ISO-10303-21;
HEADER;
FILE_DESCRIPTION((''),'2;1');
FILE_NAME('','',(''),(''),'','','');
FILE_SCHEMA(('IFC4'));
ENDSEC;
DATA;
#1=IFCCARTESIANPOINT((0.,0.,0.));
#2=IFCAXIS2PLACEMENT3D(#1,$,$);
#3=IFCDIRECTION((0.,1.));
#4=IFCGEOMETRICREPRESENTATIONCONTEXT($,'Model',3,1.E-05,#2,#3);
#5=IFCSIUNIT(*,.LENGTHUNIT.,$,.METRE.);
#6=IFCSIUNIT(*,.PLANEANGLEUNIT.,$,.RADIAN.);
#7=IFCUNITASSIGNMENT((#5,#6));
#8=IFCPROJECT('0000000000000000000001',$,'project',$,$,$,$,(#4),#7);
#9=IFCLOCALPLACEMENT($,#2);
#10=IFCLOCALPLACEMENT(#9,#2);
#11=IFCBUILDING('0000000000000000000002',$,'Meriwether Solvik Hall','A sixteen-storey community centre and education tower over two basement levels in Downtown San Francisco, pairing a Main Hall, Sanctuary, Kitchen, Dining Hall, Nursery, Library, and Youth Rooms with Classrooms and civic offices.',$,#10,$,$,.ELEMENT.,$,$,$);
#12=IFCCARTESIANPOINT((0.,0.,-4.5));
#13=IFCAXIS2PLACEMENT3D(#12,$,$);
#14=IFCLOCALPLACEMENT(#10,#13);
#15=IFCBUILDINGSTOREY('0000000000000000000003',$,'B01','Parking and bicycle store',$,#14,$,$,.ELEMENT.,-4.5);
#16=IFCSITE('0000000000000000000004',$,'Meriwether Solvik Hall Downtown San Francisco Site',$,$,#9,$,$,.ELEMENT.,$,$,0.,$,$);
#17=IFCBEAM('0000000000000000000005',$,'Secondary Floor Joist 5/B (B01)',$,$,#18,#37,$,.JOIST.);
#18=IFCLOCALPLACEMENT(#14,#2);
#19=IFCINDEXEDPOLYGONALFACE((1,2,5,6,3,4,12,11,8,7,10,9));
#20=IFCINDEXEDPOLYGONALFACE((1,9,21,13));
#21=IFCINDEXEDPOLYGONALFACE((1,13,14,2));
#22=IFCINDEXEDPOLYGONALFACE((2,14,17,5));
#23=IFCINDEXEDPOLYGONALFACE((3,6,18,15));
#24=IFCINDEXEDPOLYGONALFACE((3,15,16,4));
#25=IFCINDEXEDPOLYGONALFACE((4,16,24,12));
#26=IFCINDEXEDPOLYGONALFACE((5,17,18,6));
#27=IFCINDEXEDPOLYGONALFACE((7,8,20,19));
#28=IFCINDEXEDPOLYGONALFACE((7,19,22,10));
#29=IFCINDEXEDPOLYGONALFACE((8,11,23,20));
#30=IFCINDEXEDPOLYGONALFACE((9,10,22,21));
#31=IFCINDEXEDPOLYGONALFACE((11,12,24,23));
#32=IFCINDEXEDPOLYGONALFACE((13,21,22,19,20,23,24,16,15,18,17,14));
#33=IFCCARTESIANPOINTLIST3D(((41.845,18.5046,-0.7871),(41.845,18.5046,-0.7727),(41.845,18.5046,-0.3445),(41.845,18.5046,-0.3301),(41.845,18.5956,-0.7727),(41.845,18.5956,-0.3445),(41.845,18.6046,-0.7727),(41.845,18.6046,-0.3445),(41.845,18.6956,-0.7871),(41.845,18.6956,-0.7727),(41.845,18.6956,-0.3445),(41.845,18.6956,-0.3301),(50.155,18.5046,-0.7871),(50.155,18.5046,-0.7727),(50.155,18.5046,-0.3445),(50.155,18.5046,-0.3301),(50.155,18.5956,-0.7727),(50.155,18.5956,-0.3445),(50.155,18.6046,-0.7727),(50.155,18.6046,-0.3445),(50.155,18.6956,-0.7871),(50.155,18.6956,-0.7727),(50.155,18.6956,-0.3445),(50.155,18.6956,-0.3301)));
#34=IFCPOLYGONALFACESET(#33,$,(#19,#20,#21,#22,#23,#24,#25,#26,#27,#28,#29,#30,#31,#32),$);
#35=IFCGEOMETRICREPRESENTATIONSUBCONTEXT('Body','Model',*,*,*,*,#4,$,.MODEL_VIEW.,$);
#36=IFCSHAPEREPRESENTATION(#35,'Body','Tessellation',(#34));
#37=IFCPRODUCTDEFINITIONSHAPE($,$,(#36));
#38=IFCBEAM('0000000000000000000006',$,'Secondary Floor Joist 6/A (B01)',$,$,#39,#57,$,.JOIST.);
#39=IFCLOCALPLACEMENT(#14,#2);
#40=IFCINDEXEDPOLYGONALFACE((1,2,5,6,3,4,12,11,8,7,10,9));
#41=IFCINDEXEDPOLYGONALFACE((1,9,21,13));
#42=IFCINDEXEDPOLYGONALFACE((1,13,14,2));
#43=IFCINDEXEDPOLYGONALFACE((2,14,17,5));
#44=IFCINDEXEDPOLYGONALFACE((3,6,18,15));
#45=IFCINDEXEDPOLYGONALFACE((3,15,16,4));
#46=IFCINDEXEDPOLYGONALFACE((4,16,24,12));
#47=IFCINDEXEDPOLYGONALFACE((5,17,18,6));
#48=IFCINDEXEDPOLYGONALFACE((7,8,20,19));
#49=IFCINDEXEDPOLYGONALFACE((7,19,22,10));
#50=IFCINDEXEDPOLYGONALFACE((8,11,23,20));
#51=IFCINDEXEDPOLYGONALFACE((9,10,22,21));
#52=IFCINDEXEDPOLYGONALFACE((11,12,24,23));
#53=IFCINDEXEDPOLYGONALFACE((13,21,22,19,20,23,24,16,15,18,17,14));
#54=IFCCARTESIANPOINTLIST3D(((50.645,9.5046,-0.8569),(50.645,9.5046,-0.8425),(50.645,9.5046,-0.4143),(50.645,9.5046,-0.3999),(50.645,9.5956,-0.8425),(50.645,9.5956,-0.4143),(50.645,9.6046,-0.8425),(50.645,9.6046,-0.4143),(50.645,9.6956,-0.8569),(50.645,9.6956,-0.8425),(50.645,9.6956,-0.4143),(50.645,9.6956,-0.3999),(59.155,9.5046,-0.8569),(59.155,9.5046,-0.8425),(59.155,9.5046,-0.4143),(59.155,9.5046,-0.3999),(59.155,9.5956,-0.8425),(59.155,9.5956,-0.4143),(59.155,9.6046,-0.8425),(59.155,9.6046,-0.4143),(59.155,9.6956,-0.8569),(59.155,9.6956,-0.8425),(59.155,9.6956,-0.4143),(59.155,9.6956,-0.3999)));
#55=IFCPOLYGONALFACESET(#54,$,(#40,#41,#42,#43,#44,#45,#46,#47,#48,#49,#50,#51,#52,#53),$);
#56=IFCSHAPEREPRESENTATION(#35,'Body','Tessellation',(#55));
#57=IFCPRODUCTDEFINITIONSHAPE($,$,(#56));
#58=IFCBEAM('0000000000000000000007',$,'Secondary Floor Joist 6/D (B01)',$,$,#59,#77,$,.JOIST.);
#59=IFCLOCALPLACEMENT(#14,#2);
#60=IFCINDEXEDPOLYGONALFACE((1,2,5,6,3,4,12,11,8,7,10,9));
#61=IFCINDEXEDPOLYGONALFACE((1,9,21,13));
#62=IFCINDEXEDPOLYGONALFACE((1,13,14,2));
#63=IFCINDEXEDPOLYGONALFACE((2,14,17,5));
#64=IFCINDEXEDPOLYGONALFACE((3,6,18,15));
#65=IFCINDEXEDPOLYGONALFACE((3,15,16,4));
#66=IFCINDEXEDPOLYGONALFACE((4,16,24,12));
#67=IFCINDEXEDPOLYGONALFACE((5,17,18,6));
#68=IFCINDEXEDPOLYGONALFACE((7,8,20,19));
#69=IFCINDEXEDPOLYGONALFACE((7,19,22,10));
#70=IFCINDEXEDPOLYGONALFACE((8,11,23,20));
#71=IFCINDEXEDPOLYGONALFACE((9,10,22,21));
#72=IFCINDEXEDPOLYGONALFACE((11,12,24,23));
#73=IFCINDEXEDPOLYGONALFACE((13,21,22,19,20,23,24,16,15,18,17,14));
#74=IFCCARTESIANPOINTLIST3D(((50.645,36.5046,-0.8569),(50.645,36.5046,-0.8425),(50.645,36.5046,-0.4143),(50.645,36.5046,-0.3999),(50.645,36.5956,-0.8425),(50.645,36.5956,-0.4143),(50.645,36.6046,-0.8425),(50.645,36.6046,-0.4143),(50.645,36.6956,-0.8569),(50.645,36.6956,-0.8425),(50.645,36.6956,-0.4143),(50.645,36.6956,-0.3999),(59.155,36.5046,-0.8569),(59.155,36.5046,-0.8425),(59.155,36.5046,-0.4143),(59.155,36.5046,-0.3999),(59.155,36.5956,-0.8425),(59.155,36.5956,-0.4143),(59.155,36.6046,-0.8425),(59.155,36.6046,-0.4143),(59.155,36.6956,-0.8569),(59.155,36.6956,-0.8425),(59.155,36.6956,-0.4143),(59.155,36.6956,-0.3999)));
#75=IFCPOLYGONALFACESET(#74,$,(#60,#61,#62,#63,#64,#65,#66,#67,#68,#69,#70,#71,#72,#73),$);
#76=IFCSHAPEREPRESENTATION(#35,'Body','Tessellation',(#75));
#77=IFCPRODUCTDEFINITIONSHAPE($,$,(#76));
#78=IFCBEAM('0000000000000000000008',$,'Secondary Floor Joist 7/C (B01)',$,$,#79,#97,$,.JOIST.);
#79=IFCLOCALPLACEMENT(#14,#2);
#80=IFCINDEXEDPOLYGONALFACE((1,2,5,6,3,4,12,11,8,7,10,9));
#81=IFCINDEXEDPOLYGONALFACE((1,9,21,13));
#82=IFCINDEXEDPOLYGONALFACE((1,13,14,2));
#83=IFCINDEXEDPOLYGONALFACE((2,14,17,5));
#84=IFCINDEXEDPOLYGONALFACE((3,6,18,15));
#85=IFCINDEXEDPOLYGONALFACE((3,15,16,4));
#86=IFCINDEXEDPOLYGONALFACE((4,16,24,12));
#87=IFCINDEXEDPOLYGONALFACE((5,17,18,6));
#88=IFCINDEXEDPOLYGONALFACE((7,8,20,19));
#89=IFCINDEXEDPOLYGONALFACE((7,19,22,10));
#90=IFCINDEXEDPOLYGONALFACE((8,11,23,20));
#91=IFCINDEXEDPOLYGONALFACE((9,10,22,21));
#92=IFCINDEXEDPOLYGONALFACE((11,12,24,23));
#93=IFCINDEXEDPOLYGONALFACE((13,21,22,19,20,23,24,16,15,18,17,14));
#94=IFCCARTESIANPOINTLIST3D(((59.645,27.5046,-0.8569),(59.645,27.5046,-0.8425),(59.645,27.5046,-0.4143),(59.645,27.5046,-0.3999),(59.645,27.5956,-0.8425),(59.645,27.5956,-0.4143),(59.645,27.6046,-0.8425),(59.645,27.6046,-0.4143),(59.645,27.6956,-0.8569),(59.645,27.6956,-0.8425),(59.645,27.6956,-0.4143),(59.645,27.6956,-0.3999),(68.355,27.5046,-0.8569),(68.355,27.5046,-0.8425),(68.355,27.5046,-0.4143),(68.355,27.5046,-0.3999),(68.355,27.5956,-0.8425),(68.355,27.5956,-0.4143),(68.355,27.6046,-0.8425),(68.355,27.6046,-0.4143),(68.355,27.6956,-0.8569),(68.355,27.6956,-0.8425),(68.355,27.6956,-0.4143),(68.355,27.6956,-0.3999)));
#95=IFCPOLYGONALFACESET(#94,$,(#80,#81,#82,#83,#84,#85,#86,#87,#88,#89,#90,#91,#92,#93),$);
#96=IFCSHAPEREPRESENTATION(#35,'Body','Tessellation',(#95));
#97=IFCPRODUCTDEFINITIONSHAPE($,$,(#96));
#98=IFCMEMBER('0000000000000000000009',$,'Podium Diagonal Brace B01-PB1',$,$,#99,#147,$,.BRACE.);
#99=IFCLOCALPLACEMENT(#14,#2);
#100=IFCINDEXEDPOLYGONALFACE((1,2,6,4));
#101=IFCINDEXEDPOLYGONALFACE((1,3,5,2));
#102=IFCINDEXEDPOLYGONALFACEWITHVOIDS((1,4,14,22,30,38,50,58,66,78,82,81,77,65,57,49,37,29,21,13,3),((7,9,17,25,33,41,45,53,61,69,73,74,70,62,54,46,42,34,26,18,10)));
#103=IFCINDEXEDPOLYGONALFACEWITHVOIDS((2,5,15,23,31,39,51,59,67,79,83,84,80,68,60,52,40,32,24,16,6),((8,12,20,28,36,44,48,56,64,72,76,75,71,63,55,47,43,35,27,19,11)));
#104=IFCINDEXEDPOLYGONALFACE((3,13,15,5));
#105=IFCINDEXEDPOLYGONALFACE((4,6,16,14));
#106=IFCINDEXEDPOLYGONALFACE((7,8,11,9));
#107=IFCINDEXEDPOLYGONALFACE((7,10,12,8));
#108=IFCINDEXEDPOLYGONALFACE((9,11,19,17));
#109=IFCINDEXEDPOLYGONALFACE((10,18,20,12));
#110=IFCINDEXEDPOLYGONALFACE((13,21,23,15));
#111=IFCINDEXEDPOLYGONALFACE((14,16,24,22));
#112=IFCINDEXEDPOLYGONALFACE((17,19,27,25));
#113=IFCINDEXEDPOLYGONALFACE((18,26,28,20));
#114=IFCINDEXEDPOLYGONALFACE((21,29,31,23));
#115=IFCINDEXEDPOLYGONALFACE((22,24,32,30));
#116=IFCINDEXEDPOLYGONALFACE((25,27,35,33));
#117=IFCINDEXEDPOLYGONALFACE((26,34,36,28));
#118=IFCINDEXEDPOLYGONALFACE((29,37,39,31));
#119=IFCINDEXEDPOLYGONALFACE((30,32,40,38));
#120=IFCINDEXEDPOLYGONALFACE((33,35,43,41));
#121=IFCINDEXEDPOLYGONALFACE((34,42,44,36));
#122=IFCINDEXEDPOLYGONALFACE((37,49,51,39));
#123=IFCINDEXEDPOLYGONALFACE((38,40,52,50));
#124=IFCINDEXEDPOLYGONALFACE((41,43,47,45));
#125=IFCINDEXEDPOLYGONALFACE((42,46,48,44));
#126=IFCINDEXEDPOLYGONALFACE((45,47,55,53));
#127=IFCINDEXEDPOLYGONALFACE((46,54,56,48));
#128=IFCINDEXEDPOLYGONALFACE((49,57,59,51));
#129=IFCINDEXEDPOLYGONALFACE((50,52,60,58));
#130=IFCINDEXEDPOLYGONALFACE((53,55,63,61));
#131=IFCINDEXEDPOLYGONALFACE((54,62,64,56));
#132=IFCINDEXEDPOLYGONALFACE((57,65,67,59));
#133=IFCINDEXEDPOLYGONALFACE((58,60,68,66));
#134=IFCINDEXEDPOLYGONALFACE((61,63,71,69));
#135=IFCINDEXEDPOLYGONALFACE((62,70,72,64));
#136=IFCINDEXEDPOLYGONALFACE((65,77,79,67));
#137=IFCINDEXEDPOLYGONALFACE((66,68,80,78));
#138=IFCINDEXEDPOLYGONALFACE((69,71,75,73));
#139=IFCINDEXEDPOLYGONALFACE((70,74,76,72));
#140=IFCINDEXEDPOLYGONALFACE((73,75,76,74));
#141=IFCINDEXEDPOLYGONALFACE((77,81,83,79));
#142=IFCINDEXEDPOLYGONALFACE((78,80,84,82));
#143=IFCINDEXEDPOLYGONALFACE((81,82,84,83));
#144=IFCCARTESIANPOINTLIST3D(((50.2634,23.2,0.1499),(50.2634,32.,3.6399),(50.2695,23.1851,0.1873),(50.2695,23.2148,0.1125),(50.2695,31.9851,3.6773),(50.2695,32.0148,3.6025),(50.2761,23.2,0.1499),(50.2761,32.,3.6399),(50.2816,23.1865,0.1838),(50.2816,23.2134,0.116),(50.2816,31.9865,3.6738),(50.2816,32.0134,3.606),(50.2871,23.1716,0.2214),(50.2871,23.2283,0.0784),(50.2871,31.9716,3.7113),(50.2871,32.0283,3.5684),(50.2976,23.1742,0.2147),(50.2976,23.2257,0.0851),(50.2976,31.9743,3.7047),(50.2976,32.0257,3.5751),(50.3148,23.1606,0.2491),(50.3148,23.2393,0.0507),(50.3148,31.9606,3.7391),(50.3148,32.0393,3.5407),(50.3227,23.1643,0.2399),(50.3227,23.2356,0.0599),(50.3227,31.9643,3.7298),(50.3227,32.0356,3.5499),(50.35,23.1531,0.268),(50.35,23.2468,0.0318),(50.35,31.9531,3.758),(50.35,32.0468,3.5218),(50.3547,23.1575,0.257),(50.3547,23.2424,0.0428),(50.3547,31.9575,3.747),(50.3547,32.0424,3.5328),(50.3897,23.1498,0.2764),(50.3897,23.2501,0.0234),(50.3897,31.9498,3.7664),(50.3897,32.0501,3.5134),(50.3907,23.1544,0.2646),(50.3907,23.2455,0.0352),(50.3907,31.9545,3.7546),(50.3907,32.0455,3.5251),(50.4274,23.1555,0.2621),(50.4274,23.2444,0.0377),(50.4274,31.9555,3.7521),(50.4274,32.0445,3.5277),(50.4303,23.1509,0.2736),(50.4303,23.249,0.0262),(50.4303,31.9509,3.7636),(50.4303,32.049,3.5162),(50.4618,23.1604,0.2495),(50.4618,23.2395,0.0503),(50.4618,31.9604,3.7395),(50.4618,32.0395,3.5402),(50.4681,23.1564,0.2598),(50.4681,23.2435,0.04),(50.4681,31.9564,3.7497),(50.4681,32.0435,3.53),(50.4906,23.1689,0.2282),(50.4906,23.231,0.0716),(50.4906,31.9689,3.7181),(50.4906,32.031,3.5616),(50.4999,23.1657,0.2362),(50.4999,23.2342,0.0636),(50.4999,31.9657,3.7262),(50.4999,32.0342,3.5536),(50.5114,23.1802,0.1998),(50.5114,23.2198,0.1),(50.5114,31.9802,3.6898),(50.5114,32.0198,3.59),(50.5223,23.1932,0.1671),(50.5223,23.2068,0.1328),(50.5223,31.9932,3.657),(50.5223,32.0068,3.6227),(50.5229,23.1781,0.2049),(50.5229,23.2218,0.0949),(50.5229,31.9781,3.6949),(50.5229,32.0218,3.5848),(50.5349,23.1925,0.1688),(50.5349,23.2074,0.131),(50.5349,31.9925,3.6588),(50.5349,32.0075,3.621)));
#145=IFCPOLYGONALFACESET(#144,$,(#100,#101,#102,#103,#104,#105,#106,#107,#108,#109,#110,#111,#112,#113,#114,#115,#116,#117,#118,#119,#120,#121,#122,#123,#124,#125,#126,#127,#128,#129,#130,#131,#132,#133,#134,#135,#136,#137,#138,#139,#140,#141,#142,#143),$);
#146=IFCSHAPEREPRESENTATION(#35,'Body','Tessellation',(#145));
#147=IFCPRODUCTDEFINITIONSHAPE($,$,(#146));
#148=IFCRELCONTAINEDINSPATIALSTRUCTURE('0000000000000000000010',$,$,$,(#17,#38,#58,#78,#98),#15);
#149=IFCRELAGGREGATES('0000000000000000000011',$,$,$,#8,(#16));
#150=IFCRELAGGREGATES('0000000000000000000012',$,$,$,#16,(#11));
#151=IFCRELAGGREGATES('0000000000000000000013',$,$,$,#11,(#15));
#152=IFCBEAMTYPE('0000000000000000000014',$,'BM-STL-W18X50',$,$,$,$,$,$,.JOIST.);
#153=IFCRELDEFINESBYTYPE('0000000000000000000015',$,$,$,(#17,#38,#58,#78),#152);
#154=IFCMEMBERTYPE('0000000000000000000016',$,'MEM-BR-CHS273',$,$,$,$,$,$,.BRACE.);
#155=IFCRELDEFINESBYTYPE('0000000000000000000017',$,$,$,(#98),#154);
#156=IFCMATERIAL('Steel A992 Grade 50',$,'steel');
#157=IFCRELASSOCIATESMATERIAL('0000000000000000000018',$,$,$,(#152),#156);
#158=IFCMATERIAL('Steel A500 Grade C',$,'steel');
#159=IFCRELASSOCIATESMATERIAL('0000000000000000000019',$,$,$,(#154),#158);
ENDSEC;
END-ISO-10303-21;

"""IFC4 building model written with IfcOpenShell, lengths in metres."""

from ifc_helpers import new_model, si_unit, direction, frame, origin, origin_2d, place, context, subcontext, project, spatial, hollow_circle, i_section, extrude, material, material_profile, profile_set, type_object, element, save


model = new_model("IFC4")

# Units and contexts
model_context = context("Model", 3, precision=1e-05, world=origin(), true_north=direction((0.0, 1.0)))
body_context = subcontext(model_context, "Body", "Model", "MODEL_VIEW")
ifc_project = project(units=[si_unit("LENGTHUNIT", "METRE"), si_unit("PLANEANGLEUNIT", "RADIAN")], contexts=[model_context])

# Site, building, storey
site_placement = place(None, origin())
site = spatial("IfcSite", under=ifc_project, at=site_placement, Name="Meriwether Solvik Hall Downtown San Francisco Site", CompositionType="ELEMENT", RefElevation=0.0)
building_placement = place(site_placement, origin())
building = spatial("IfcBuilding", under=site, at=building_placement, Name="Meriwether Solvik Hall", Description="A sixteen-storey community centre and education tower over two basement levels in Downtown San Francisco, pairing a Main Hall, Sanctuary, Kitchen, Dining Hall, Nursery, Library, and Youth Rooms with Classrooms and civic offices.", CompositionType="ELEMENT")
storey_placement = place(building_placement, frame((0.0, 0.0, -4.5)))
storey = spatial("IfcBuildingStorey", under=building, at=storey_placement, Name="B01", Description="Parking and bicycle store", CompositionType="ELEMENT", Elevation=-4.5)

# Beams
ifc_material_1 = material(Name="Steel A992 Grade 50", Category="steel")
ifc_material_profile_1 = material_profile(ifc_material_1, i_section(OverallWidth=0.1909, OverallDepth=0.457, WebThickness=0.009, FlangeThickness=0.0144, at=origin_2d()), Name="W18X50")
ifc_profile_set_1 = profile_set([ifc_material_profile_1], Name="Steel A992 Grade 50")
beam_type_1 = type_object("IfcBeamType", Name="BM-STL-W18X50", PredefinedType="JOIST", material=ifc_profile_set_1)
beam_1_placement = place(storey_placement, frame((41.845, 18.6001, -0.5586), z_axis=(1.0, 0.0, 0.0), x_axis=(0.0, 1.0, 0.0)))
element("IfcBeam", 1, at=beam_1_placement, inside=storey, type_object=beam_type_1, Name="Secondary Floor Joist 5/B (B01)", PredefinedType="JOIST", context=body_context, shape_type="SweptSolid", body=[
    extrude(i_section(OverallWidth=0.1909, OverallDepth=0.457, WebThickness=0.009, FlangeThickness=0.0144, at=origin_2d()), origin(), (0.0, 0.0, 1.0), 8.3101),
])
for number, where, z_axis, x_axis, name in (
    (2, (50.645, 9.6001, -0.6284), (1.0, 0.0, 0.0), (0.0, 1.0, 0.0), "Secondary Floor Joist 6/A (B01)"),
    (3, (50.645, 36.6001, -0.6284), (1.0, 0.0, 0.0), (0.0, 1.0, 0.0), "Secondary Floor Joist 6/D (B01)"),
):
    element("IfcBeam", number, at=place(storey_placement, frame(where, z_axis=z_axis, x_axis=x_axis)), inside=storey, type_object=beam_type_1, Name=name, PredefinedType="JOIST", context=body_context, shape_type="SweptSolid", body=[
        extrude(i_section(OverallWidth=0.1909, OverallDepth=0.457, WebThickness=0.009, FlangeThickness=0.0144, at=origin_2d()), origin(), (0.0, 0.0, 1.0), 8.51),
    ])
beam_2_placement = place(storey_placement, frame((59.645, 27.6001, -0.6284), z_axis=(1.0, 0.0, 0.0), x_axis=(0.0, 1.0, 0.0)))
element("IfcBeam", 4, at=beam_2_placement, inside=storey, type_object=beam_type_1, Name="Secondary Floor Joist 7/C (B01)", PredefinedType="JOIST", context=body_context, shape_type="SweptSolid", body=[
    extrude(i_section(OverallWidth=0.1909, OverallDepth=0.457, WebThickness=0.009, FlangeThickness=0.0144, at=origin_2d()), origin(), (0.0, 0.0, 1.0), 8.71),
])

# Member
ifc_material_2 = material(Name="Steel A500 Grade C", Category="steel")
ifc_material_profile_2 = material_profile(ifc_material_2, hollow_circle(Radius=0.1365, WallThickness=0.0127, at=origin_2d()), Name="CHS273X12.7")
ifc_profile_set_2 = profile_set([ifc_material_profile_2], Name="Steel A500 Grade C")
member_type = type_object("IfcMemberType", Name="MEM-BR-CHS273", PredefinedType="BRACE", material=ifc_profile_set_2)
member_placement = place(storey_placement, frame((50.3999, 23.2, 0.1499), z_axis=(0.0, 0.929566, 0.368655), x_axis=(-1.0, 0.0, 0.0)))
element("IfcMember", 5, at=member_placement, inside=storey, type_object=member_type, Name="Podium Diagonal Brace B01-PB1", PredefinedType="BRACE", context=body_context, shape_type="SweptSolid", body=[
    extrude(hollow_circle(Radius=0.1365, WallThickness=0.0127, at=origin_2d()), origin(), (0.0, 0.0, 1.0), 9.4668),
])

save(model, "model.ifc")
